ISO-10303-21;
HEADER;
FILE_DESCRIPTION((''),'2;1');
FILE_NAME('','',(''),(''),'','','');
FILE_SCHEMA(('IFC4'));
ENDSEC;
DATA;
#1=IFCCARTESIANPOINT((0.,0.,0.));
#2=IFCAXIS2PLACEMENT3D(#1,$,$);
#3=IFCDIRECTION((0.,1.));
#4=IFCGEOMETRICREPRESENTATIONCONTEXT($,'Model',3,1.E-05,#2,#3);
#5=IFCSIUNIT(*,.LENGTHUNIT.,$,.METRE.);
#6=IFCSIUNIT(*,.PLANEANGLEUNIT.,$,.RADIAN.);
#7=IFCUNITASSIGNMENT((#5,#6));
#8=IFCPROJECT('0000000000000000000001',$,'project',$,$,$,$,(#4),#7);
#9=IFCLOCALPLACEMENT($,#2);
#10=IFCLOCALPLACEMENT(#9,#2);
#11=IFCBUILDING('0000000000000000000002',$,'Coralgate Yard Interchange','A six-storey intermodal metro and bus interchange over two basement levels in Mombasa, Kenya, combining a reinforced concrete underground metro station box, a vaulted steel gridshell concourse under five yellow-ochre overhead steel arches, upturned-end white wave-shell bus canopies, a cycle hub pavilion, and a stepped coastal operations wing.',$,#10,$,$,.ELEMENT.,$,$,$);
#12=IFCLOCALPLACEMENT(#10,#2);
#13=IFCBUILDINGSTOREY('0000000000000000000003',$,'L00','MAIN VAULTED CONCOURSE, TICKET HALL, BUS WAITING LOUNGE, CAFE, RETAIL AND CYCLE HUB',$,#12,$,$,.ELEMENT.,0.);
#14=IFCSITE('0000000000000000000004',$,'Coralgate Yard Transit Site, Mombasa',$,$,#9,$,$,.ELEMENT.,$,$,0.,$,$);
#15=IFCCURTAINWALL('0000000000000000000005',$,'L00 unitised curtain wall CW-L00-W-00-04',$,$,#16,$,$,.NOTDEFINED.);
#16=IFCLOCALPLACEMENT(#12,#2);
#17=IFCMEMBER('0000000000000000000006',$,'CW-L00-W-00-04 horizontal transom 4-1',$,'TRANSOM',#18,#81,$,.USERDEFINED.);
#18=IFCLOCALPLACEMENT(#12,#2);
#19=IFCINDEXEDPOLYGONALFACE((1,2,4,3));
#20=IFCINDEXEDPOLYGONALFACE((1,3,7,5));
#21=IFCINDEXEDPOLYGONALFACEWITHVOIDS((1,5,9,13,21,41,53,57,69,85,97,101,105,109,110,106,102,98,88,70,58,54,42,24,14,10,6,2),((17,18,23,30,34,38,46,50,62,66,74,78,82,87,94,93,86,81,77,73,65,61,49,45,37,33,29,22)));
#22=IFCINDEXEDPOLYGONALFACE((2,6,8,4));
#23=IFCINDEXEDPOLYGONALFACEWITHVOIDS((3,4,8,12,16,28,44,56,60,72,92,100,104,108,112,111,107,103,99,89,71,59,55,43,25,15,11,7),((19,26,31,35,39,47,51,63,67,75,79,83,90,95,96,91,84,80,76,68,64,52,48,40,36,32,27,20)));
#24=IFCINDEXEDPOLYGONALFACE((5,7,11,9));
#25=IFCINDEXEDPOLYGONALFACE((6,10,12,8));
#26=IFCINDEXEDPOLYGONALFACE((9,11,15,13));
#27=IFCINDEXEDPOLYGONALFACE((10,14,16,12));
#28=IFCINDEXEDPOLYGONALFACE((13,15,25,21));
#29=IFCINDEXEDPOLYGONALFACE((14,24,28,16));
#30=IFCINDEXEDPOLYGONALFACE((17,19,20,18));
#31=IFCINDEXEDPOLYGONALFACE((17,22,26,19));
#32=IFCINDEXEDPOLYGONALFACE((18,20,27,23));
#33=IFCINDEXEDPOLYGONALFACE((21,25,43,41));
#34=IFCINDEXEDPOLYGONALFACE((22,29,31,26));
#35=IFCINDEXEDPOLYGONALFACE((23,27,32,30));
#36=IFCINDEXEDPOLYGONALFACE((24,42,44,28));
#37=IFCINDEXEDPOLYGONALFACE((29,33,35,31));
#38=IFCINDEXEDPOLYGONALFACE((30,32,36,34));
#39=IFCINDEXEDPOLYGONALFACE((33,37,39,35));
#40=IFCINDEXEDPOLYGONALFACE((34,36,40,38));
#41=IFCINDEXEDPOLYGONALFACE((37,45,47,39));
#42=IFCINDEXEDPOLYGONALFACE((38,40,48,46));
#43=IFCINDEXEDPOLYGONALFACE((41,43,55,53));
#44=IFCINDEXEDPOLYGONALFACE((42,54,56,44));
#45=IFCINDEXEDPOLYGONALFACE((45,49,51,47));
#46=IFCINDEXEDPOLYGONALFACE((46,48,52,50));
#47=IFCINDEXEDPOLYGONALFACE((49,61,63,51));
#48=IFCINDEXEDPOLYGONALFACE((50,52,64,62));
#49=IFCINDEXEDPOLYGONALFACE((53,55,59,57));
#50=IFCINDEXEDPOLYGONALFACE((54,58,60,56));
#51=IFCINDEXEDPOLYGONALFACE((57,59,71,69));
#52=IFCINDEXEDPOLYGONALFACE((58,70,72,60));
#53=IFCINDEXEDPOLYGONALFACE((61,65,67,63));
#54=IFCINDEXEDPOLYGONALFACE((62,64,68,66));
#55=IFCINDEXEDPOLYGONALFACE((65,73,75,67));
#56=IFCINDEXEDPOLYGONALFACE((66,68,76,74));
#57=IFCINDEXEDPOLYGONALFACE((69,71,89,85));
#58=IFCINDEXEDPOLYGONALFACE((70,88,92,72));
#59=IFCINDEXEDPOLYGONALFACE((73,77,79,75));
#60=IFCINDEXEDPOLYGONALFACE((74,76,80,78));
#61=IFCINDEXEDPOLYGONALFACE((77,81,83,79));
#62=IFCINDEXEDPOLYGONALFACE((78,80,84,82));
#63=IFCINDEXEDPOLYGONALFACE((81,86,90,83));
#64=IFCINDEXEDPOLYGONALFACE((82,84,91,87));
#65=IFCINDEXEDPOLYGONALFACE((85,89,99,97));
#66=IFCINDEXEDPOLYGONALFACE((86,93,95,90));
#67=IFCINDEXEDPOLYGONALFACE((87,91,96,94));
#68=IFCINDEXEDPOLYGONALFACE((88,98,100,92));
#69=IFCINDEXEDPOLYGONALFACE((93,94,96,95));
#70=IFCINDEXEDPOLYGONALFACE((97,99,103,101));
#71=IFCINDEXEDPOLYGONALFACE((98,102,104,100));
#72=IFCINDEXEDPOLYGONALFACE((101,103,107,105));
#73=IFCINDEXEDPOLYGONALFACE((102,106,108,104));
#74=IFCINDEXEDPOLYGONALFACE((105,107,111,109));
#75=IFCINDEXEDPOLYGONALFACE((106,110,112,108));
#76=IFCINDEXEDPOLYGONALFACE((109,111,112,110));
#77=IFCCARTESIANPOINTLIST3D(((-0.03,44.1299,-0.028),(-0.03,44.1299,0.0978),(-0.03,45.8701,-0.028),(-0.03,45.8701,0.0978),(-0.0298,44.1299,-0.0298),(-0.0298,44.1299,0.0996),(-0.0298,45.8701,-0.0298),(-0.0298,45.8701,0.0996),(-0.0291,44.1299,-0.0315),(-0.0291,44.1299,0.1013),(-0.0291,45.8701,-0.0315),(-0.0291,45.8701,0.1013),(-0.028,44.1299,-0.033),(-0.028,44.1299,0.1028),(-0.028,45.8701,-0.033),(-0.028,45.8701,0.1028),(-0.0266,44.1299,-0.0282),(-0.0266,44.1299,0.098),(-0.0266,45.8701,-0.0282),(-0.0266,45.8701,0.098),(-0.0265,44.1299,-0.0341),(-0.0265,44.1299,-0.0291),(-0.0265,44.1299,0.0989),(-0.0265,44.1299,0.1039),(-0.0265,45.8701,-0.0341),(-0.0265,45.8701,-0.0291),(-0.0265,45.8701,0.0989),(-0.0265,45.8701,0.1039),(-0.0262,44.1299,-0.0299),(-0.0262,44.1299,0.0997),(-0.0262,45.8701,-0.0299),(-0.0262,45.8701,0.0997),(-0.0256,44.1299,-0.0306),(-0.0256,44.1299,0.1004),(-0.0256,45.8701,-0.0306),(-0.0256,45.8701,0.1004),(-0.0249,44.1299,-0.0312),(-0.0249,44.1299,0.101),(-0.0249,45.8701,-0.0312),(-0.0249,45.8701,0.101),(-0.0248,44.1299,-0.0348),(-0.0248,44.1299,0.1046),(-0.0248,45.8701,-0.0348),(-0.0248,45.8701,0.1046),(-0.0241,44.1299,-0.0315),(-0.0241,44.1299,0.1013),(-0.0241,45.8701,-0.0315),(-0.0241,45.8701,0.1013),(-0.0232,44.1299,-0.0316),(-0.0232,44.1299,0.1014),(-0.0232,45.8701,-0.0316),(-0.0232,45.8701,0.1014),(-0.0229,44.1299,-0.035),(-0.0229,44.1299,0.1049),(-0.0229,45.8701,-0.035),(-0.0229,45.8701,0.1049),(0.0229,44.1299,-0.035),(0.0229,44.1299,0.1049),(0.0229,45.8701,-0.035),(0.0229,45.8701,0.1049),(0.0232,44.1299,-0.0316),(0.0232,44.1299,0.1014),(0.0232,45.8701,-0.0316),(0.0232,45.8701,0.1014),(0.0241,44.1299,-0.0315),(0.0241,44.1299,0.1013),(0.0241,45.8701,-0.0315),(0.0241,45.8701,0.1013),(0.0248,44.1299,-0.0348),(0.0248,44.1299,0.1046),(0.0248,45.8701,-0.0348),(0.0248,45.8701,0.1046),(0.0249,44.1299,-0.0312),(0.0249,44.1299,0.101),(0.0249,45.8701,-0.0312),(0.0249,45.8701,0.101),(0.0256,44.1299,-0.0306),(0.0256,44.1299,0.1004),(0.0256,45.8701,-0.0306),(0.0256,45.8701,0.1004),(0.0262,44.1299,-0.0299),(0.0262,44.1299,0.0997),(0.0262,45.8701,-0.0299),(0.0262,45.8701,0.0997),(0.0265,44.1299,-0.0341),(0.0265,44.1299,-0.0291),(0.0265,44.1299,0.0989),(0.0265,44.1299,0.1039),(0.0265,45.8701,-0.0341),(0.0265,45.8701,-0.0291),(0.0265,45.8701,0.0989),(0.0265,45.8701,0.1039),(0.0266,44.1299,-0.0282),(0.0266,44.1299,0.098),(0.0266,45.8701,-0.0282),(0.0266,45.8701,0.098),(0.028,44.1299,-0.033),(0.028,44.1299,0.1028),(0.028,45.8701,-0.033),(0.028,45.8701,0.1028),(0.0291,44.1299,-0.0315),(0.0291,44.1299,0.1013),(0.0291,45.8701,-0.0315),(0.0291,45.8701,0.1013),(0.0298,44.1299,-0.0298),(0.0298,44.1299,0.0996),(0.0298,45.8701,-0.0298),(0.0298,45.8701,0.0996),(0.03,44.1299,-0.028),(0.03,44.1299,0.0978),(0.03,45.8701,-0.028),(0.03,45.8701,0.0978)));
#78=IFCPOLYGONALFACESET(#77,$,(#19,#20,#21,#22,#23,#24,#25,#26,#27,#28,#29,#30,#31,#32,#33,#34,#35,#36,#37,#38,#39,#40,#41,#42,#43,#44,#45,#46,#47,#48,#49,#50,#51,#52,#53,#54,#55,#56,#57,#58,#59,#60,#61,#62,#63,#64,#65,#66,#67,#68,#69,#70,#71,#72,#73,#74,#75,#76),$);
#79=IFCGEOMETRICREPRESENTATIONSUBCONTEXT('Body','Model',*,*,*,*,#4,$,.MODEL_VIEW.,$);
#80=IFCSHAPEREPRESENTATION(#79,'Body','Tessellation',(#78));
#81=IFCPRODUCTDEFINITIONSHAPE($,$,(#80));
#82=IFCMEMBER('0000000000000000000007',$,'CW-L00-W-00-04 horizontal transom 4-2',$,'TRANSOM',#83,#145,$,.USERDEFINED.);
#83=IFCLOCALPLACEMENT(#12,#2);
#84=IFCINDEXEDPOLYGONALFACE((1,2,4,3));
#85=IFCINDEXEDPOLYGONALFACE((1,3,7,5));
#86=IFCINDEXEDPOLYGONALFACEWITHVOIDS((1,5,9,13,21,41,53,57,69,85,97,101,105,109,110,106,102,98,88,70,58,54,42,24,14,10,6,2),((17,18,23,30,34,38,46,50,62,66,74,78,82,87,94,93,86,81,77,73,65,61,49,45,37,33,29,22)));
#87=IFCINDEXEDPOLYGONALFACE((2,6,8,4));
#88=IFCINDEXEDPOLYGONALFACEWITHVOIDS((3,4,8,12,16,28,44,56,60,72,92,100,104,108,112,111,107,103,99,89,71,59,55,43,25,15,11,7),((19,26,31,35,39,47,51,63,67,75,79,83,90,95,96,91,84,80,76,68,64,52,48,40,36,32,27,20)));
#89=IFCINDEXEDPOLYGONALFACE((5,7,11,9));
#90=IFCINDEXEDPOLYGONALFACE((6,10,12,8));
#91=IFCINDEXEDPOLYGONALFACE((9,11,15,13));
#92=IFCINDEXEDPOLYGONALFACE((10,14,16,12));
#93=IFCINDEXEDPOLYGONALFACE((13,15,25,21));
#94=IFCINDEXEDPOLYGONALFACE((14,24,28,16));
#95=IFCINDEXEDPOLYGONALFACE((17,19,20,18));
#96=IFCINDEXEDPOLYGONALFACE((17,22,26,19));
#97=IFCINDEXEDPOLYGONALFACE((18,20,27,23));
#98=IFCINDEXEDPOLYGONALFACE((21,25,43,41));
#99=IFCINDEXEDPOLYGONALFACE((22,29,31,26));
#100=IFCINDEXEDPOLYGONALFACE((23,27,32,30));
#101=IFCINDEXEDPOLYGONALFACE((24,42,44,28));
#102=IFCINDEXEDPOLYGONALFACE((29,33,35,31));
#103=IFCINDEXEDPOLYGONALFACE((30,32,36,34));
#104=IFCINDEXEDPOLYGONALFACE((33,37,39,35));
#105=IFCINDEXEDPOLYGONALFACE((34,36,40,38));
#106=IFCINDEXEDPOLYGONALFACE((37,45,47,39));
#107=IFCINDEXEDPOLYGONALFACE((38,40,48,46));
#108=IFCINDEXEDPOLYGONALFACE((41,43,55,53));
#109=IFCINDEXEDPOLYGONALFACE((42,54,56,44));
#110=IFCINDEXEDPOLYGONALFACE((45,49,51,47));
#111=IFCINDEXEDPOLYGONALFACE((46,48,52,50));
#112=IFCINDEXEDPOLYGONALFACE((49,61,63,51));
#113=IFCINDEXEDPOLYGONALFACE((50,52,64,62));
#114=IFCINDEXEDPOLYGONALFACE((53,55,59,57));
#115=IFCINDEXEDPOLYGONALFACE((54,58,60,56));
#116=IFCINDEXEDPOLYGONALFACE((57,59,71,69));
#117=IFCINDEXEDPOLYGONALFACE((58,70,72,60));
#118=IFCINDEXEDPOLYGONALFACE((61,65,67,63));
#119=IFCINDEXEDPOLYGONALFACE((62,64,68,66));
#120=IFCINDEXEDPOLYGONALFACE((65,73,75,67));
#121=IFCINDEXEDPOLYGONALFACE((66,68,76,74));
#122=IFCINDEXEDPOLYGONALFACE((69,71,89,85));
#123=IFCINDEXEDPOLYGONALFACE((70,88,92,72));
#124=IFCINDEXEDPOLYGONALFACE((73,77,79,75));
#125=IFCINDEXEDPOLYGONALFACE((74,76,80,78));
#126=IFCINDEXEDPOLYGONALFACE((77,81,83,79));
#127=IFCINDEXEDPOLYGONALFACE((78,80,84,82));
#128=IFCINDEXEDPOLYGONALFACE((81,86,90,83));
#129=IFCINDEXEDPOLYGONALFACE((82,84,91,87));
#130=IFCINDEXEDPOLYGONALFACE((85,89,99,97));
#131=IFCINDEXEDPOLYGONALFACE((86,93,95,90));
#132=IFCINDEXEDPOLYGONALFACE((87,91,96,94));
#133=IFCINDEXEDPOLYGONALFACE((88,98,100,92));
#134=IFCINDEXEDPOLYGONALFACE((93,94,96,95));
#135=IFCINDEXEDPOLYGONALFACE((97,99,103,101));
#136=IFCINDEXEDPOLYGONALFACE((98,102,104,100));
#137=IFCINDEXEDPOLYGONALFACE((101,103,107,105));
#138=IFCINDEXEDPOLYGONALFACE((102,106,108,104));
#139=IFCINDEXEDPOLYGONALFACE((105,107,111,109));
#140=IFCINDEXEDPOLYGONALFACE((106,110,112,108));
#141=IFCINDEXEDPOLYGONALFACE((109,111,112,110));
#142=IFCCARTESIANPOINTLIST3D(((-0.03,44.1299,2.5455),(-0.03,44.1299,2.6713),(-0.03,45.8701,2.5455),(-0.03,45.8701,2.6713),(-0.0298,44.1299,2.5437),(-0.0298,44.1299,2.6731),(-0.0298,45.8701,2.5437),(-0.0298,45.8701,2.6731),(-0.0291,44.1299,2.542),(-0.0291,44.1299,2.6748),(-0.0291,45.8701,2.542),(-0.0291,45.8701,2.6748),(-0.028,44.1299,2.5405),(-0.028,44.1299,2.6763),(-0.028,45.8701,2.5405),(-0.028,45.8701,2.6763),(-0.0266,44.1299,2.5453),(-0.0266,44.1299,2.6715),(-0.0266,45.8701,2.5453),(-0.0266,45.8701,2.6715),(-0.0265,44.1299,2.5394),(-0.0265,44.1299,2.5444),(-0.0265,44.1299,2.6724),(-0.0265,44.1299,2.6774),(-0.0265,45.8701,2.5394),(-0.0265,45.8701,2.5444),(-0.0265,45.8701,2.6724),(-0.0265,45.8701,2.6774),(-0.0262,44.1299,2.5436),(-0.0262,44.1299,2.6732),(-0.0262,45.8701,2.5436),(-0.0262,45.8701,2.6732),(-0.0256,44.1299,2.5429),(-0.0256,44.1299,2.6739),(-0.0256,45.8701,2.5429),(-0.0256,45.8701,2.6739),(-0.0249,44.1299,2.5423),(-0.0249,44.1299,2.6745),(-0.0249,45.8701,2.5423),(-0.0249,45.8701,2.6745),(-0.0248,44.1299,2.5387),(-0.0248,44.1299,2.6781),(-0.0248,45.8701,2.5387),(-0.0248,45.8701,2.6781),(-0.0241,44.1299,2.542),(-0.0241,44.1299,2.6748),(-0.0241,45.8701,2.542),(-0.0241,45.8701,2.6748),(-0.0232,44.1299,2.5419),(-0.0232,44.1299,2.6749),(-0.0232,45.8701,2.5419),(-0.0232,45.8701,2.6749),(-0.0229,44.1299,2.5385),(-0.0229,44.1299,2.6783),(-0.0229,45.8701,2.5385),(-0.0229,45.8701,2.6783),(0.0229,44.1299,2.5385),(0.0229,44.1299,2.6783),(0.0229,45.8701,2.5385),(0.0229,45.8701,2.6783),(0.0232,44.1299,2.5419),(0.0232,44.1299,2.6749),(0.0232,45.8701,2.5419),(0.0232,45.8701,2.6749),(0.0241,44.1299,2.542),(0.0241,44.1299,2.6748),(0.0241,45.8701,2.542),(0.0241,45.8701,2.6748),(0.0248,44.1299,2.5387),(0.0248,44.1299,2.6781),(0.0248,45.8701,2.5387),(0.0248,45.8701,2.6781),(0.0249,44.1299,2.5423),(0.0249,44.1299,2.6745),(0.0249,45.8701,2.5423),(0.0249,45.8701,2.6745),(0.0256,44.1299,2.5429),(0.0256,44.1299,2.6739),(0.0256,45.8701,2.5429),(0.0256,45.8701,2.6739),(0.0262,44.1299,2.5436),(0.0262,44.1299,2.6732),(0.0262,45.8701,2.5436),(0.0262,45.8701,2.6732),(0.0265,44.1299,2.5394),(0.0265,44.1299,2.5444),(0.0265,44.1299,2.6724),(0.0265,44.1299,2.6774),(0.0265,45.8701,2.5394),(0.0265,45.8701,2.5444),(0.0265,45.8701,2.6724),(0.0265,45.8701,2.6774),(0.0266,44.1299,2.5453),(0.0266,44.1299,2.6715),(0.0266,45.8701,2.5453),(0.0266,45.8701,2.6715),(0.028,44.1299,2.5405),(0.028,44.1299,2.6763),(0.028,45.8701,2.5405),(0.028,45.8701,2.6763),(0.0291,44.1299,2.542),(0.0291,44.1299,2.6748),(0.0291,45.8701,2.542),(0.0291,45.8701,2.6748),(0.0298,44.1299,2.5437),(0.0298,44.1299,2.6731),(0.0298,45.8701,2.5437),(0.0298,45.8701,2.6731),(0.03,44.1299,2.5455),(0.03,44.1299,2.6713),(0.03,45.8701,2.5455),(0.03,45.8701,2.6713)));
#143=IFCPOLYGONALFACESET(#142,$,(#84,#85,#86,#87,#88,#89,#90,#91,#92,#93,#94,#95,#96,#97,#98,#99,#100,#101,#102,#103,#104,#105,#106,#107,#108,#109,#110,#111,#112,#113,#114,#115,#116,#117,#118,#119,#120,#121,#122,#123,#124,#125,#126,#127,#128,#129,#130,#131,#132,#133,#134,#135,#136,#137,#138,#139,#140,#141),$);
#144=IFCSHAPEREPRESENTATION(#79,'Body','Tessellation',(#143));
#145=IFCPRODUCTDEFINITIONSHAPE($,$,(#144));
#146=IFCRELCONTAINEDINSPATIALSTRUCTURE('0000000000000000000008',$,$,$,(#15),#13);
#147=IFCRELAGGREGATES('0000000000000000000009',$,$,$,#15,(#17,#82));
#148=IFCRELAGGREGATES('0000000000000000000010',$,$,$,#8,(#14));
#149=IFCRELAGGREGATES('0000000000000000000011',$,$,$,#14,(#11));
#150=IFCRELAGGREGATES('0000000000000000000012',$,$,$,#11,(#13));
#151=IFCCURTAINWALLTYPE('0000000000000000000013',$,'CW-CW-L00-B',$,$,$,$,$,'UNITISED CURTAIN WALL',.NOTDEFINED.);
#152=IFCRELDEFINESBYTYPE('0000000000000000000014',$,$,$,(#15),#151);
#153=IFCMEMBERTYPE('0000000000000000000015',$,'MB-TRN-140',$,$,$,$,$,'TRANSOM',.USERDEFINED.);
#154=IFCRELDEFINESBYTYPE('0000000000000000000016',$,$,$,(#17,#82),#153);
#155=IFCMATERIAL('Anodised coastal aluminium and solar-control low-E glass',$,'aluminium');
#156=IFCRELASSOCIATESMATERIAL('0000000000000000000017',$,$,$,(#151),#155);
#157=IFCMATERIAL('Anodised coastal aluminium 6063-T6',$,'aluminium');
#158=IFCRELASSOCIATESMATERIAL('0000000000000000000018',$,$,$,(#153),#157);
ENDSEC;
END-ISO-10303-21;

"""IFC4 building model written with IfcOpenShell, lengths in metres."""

from ifc_helpers import new_model, si_unit, direction, frame, origin, origin_2d, place, context, subcontext, project, spatial, hollow_rectangle, extrude, material, material_profile, profile_set, type_object, element, aggregate, save


model = new_model("IFC4")

# Units and contexts
model_context = context("Model", 3, precision=1e-05, world=origin(), true_north=direction((0.0, 1.0)))
body_context = subcontext(model_context, "Body", "Model", "MODEL_VIEW")
ifc_project = project(units=[si_unit("LENGTHUNIT", "METRE"), si_unit("PLANEANGLEUNIT", "RADIAN")], contexts=[model_context])

# Site, building, storey
site_placement = place(None, origin())
site = spatial("IfcSite", under=ifc_project, at=site_placement, Name="Coralgate Yard Transit Site, Mombasa", CompositionType="ELEMENT", RefElevation=0.0)
building_placement = place(site_placement, origin())
building = spatial("IfcBuilding", under=site, at=building_placement, Name="Coralgate Yard Interchange", Description="A six-storey intermodal metro and bus interchange over two basement levels in Mombasa, Kenya, combining a reinforced concrete underground metro station box, a vaulted steel gridshell concourse under five yellow-ochre overhead steel arches, upturned-end white wave-shell bus canopies, a cycle hub pavilion, and a stepped coastal operations wing.", CompositionType="ELEMENT")
storey_placement = place(building_placement, origin())
storey = spatial("IfcBuildingStorey", under=building, at=storey_placement, Name="L00", Description="MAIN VAULTED CONCOURSE, TICKET HALL, BUS WAITING LOUNGE, CAFE, RETAIL AND CYCLE HUB", CompositionType="ELEMENT", Elevation=0.0)

# Curtain wall, members
ifc_material_1 = material(Name="Anodised coastal aluminium and solar-control low-E glass", Category="aluminium")
curtain_wall_type = type_object("IfcCurtainWallType", Name="CW-CW-L00-B", ElementType="UNITISED CURTAIN WALL", PredefinedType="NOTDEFINED", material=ifc_material_1)
curtain_wall_placement = place(storey_placement, origin())
curtain_wall = element("IfcCurtainWall", 1, at=curtain_wall_placement, inside=storey, type_object=curtain_wall_type, Name="L00 unitised curtain wall CW-L00-W-00-04", PredefinedType="NOTDEFINED")
ifc_material_2 = material(Name="Anodised coastal aluminium 6063-T6", Category="aluminium")
ifc_material_profile_1 = material_profile(ifc_material_2, hollow_rectangle(XDim=0.0601, YDim=0.1399, WallThickness=0.0034, InnerFilletRadius=0.0034, OuterFilletRadius=0.0071, at=origin_2d()), Name="ALU 60x140x3.5")
ifc_profile_set_1 = profile_set([ifc_material_profile_1], Name="Anodised coastal aluminium 6063-T6")
member_type_1 = type_object("IfcMemberType", Name="MB-TRN-140", ElementType="TRANSOM", PredefinedType="USERDEFINED", material=ifc_profile_set_1)
member_1_placement = place(storey_placement, frame((0.0, 44.1299, 0.0349), z_axis=(0.0, 1.0, 0.0), x_axis=(-1.0, 0.0, 0.0)))
member_1 = element("IfcMember", 2, at=member_1_placement, type_object=member_type_1, Name="CW-L00-W-00-04 horizontal transom 4-1", ObjectType="TRANSOM", PredefinedType="USERDEFINED", context=body_context, shape_type="SweptSolid", body=[
    extrude(hollow_rectangle(XDim=0.0601, YDim=0.1399, WallThickness=0.0034, InnerFilletRadius=0.0034, OuterFilletRadius=0.0071, at=origin_2d()), origin(), (0.0, 0.0, 1.0), 1.7402),
])
member_2_placement = place(storey_placement, frame((0.0, 44.1299, 2.6084), z_axis=(0.0, 1.0, 0.0), x_axis=(-1.0, 0.0, 0.0)))
member_2 = element("IfcMember", 3, at=member_2_placement, type_object=member_type_1, Name="CW-L00-W-00-04 horizontal transom 4-2", ObjectType="TRANSOM", PredefinedType="USERDEFINED", context=body_context, shape_type="SweptSolid", body=[
    extrude(hollow_rectangle(XDim=0.0601, YDim=0.1399, WallThickness=0.0034, InnerFilletRadius=0.0034, OuterFilletRadius=0.0071, at=origin_2d()), origin(), (0.0, 0.0, 1.0), 1.7402),
])
aggregate(curtain_wall, [member_1, member_2])

save(model, "model.ifc")
